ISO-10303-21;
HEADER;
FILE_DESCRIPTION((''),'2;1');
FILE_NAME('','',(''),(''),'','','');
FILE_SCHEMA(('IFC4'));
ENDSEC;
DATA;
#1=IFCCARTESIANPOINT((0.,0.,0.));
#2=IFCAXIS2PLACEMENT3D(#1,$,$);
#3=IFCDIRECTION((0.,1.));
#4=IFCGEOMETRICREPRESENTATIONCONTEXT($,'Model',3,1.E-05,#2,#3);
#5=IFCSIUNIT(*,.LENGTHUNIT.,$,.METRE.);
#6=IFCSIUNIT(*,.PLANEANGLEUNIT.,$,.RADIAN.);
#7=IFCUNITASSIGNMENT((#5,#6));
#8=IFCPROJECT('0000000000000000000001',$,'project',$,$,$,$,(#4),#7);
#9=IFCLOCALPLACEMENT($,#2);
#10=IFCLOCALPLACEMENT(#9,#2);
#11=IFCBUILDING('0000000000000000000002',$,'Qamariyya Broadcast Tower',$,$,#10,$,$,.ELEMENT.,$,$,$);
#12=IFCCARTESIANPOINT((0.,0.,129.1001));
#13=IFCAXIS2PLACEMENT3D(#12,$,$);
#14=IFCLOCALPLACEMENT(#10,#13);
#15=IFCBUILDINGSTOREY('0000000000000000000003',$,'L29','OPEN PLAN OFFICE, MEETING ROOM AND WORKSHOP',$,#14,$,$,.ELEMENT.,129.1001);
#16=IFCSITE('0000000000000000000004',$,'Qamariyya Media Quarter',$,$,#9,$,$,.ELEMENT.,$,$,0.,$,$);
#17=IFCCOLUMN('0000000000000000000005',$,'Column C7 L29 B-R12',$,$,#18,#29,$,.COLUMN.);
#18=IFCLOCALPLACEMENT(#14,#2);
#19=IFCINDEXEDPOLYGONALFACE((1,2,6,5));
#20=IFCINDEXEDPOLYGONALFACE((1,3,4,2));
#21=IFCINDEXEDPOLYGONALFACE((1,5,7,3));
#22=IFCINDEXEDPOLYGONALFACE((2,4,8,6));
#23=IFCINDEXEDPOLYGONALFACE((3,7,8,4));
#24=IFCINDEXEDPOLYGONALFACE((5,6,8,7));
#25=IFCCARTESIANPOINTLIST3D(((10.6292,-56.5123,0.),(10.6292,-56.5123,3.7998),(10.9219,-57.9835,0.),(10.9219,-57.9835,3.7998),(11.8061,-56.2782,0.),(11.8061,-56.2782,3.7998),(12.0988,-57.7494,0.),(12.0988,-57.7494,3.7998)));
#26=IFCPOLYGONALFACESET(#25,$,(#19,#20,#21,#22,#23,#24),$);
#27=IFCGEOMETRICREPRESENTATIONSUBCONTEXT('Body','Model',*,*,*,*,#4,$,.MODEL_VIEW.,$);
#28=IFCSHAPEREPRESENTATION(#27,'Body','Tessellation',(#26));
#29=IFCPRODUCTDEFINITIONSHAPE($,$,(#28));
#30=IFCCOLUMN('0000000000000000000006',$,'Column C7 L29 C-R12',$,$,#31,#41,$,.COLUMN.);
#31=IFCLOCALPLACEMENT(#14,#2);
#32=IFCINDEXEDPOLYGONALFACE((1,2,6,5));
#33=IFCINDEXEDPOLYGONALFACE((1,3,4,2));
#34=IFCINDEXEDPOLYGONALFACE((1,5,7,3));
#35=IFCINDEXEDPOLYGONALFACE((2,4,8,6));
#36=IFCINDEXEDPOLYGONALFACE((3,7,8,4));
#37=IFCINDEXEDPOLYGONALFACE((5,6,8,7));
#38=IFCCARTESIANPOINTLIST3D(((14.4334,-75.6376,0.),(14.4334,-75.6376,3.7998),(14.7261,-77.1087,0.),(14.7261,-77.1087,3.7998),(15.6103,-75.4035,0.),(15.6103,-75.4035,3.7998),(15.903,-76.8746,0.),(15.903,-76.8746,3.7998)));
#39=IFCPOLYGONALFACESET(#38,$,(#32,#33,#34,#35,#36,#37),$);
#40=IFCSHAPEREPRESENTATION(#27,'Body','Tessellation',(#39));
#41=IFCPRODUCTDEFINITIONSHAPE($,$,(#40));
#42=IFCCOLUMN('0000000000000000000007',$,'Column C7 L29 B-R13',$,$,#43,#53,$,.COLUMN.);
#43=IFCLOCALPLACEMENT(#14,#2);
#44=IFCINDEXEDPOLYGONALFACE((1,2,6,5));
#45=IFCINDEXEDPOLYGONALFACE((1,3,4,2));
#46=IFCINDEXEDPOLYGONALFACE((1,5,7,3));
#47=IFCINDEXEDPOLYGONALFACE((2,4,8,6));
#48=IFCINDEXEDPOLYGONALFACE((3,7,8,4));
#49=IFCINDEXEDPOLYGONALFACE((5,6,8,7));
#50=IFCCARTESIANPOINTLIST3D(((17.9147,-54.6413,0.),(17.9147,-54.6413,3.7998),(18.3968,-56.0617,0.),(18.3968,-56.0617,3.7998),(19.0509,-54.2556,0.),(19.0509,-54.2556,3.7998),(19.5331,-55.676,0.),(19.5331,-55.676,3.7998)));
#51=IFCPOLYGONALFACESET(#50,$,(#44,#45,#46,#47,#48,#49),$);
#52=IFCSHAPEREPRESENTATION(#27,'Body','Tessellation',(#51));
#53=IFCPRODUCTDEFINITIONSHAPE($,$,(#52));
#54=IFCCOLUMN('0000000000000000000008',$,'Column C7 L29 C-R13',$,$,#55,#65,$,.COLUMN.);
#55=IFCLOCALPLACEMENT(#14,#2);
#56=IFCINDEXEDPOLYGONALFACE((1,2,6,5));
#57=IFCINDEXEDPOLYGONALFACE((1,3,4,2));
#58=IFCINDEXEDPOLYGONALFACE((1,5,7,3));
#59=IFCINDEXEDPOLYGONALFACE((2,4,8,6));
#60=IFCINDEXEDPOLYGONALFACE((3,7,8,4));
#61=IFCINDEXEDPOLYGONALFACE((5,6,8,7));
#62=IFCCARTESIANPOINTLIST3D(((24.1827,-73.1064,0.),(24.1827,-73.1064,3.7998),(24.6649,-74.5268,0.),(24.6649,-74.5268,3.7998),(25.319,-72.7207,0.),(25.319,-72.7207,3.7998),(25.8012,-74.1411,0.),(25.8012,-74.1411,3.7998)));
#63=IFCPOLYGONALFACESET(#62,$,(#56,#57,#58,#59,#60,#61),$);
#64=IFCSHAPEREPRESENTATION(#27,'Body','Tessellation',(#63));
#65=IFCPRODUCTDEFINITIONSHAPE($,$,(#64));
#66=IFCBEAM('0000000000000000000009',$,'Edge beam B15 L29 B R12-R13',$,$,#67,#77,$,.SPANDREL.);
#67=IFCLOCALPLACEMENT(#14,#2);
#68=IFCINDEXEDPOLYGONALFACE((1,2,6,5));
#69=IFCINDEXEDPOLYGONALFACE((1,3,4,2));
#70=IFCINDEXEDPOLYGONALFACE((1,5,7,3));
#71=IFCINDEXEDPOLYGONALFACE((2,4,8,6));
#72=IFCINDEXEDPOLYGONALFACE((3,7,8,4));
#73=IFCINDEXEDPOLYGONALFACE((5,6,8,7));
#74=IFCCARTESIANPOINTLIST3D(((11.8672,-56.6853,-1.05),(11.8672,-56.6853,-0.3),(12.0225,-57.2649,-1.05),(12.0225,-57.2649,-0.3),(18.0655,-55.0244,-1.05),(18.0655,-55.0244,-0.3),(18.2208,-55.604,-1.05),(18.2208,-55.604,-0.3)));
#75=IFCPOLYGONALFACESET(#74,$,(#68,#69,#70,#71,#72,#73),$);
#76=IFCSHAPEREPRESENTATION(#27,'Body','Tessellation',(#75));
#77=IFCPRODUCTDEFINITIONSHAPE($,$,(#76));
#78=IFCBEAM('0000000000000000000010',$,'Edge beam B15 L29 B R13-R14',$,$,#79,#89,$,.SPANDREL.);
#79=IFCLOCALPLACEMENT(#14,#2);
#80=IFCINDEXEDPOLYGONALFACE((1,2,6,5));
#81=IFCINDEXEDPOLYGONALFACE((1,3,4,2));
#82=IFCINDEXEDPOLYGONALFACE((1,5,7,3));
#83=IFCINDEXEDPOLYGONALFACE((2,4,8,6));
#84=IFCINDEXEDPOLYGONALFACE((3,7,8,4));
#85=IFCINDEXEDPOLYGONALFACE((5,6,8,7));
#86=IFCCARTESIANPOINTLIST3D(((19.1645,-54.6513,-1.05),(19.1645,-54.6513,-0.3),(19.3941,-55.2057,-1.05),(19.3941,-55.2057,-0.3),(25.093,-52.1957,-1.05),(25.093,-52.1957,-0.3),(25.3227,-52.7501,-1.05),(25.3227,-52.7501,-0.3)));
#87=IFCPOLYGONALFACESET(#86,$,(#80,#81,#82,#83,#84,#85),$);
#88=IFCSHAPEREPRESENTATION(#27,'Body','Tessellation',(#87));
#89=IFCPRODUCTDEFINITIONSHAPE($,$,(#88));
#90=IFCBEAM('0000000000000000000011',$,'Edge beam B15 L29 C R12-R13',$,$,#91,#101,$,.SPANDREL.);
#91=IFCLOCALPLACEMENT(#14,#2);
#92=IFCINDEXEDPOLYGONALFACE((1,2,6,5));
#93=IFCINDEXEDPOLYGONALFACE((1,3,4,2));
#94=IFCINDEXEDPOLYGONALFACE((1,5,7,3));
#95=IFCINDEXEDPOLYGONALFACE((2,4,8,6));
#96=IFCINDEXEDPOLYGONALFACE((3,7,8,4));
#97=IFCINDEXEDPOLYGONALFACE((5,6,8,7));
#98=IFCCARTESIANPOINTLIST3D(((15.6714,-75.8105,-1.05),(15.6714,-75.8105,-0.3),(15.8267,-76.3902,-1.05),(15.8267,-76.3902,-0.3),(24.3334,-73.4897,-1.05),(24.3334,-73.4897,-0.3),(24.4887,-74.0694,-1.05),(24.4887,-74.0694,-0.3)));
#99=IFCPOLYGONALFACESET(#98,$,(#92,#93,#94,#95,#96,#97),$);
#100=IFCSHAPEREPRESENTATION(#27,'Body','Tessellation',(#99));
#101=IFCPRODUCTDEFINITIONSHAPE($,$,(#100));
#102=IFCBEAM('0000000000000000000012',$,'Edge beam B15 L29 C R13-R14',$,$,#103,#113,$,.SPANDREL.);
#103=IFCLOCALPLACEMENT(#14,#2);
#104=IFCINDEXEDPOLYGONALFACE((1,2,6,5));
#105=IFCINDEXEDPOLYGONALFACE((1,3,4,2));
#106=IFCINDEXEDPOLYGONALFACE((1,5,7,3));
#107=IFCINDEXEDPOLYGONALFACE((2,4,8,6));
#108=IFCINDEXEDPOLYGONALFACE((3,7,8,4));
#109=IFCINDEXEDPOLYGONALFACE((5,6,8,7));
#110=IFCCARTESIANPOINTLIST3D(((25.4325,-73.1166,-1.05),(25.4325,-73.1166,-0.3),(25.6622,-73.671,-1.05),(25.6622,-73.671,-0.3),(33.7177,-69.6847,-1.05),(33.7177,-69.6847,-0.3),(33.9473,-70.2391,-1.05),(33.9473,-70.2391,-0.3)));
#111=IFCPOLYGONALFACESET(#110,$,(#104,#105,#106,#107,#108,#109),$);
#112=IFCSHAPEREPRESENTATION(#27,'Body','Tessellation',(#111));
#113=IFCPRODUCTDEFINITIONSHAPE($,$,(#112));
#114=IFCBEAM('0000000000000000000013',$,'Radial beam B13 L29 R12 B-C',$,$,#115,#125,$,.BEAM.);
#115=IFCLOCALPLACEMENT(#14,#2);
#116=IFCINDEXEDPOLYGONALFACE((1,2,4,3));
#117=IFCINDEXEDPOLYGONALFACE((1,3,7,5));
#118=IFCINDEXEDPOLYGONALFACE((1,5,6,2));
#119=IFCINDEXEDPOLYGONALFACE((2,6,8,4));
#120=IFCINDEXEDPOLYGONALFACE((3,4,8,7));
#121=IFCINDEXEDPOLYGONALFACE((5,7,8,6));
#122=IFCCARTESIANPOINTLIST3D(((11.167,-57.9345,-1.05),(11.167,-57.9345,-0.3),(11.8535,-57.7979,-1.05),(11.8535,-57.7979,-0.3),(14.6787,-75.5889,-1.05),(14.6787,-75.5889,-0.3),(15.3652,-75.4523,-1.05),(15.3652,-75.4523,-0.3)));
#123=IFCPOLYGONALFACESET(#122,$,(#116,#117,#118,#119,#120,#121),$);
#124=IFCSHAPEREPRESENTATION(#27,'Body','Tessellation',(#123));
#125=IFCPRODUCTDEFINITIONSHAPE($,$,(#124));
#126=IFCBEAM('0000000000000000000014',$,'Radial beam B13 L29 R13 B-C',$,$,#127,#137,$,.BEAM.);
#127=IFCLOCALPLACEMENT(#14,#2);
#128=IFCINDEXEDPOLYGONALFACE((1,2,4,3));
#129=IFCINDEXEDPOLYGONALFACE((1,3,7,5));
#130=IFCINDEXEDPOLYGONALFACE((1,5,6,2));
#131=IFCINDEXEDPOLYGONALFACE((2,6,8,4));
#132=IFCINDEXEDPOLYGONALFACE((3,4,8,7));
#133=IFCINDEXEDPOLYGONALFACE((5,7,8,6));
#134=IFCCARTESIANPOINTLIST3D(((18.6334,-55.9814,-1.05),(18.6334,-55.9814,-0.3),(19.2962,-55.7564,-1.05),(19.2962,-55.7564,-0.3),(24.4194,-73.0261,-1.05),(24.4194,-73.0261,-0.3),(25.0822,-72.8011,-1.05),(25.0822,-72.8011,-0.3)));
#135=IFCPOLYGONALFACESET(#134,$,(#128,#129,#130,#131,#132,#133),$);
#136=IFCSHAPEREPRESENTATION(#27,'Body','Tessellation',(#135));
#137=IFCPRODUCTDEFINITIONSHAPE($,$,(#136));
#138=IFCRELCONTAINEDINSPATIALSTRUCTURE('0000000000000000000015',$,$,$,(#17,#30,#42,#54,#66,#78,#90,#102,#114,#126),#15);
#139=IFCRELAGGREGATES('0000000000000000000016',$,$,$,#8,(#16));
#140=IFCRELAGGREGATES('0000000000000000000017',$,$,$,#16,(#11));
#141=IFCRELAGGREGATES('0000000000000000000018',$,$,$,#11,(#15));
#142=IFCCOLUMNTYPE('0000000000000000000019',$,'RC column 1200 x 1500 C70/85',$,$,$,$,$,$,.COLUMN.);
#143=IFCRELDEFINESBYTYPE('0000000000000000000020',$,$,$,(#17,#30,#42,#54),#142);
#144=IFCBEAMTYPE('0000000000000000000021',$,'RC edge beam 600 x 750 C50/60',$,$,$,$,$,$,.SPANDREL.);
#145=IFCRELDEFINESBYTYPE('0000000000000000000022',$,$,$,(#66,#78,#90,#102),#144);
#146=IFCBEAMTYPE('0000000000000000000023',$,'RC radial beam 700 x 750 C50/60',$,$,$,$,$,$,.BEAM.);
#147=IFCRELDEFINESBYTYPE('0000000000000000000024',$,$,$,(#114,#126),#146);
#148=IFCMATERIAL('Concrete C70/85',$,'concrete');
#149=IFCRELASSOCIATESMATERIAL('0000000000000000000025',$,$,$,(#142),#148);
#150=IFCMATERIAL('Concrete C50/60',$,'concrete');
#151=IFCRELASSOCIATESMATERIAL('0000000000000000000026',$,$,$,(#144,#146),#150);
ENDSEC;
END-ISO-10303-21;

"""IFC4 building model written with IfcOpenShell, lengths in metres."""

from ifc_helpers import new_model, si_unit, direction, frame, origin, origin_2d, place, context, subcontext, project, spatial, rectangle, extrude, material, material_profile, profile_set, type_object, element, save


model = new_model("IFC4")

# Units and contexts
model_context = context("Model", 3, precision=1e-05, world=origin(), true_north=direction((0.0, 1.0)))
body_context = subcontext(model_context, "Body", "Model", "MODEL_VIEW")
ifc_project = project(units=[si_unit("LENGTHUNIT", "METRE"), si_unit("PLANEANGLEUNIT", "RADIAN")], contexts=[model_context])

# Site, building, storey
site_placement = place(None, origin())
site = spatial("IfcSite", under=ifc_project, at=site_placement, Name="Qamariyya Media Quarter", CompositionType="ELEMENT", RefElevation=0.0)
building_placement = place(site_placement, origin())
building = spatial("IfcBuilding", under=site, at=building_placement, Name="Qamariyya Broadcast Tower", CompositionType="ELEMENT")
storey_placement = place(building_placement, frame((0.0, 0.0, 129.1001)))
storey = spatial("IfcBuildingStorey", under=building, at=storey_placement, Name="L29", Description="OPEN PLAN OFFICE, MEETING ROOM AND WORKSHOP", CompositionType="ELEMENT", Elevation=129.1001)

# Columns
ifc_material_1 = material(Name="Concrete C70/85", Category="concrete")
ifc_material_profile_1 = material_profile(ifc_material_1, rectangle(XDim=1.2, YDim=1.5, at=origin_2d()))
ifc_profile_set_1 = profile_set([ifc_material_profile_1], Name="Concrete C70/85")
column_type = type_object("IfcColumnType", Name="RC column 1200 x 1500 C70/85", PredefinedType="COLUMN", material=ifc_profile_set_1)
for number, where, z_axis, x_axis, name in (
    (1, (11.364, -57.1309, 0.0), (0.0, 0.0, 1.0), (0.980785, 0.19509, 0.0), "Column C7 L29 B-R12"),
    (2, (15.1682, -76.2561, 0.0), (0.0, 0.0, 1.0), (0.980785, 0.19509, 0.0), "Column C7 L29 C-R12"),
    (3, (18.7239, -55.1587, 0.0), (0.0, 0.0, 1.0), (0.94693, 0.321439, 0.0), "Column C7 L29 B-R13"),
    (4, (24.9919, -73.6238, 0.0), (0.0, 0.0, 1.0), (0.94693, 0.321439, 0.0), "Column C7 L29 C-R13"),
):
    element("IfcColumn", number, at=place(storey_placement, frame(where, z_axis=z_axis, x_axis=x_axis)), inside=storey, type_object=column_type, Name=name, PredefinedType="COLUMN", context=body_context, shape_type="SweptSolid", body=[
        extrude(rectangle(XDim=1.2, YDim=1.5, at=origin_2d()), origin(), (0.0, 0.0, 1.0), 3.7998),
    ])

# Beams
ifc_material_2 = material(Name="Concrete C50/60", Category="concrete")
ifc_material_profile_2 = material_profile(ifc_material_2, rectangle(XDim=0.6001, YDim=0.75, at=origin_2d()))
ifc_profile_set_2 = profile_set([ifc_material_profile_2], Name="Concrete C50/60")
beam_type_1 = type_object("IfcBeamType", Name="RC edge beam 600 x 750 C50/60", PredefinedType="SPANDREL", material=ifc_profile_set_2)
for number, where, z_axis, x_axis, name in (
    (5, (11.9448, -56.9751, -0.675), (0.965923, 0.25883, 0.0), (-0.25883, 0.965923, 0.0), "Edge beam B15 L29 B R12-R13"),
    (6, (19.2793, -54.9285, -0.675), (0.923884, 0.382672, 0.0), (-0.382672, 0.923884, 0.0), "Edge beam B15 L29 B R13-R14"),
):
    element("IfcBeam", number, at=place(storey_placement, frame(where, z_axis=z_axis, x_axis=x_axis)), inside=storey, type_object=beam_type_1, Name=name, PredefinedType="SPANDREL", context=body_context, shape_type="SweptSolid", body=[
        extrude(rectangle(XDim=0.6001, YDim=0.75, at=origin_2d()), origin(), (0.0, 0.0, 1.0), 6.417),
    ])
beam_1_placement = place(storey_placement, frame((15.749, -76.1003, -0.675), z_axis=(0.965932, 0.258798, 0.0), x_axis=(-0.258798, 0.965932, 0.0)))
element("IfcBeam", 7, at=beam_1_placement, inside=storey, type_object=beam_type_1, Name="Edge beam B15 L29 C R12-R13", PredefinedType="SPANDREL", context=body_context, shape_type="SweptSolid", body=[
    extrude(rectangle(XDim=0.6001, YDim=0.75, at=origin_2d()), origin(), (0.0, 0.0, 1.0), 8.9675),
])
beam_2_placement = place(storey_placement, frame((25.5474, -73.3938, -0.675), z_axis=(0.923877, 0.382689, 0.0), x_axis=(-0.382689, 0.923877, 0.0)))
element("IfcBeam", 8, at=beam_2_placement, inside=storey, type_object=beam_type_1, Name="Edge beam B15 L29 C R13-R14", PredefinedType="SPANDREL", context=body_context, shape_type="SweptSolid", body=[
    extrude(rectangle(XDim=0.6001, YDim=0.75, at=origin_2d()), origin(), (0.0, 0.0, 1.0), 8.9678),
])
ifc_material_profile_3 = material_profile(ifc_material_2, rectangle(XDim=0.7, YDim=0.75, at=origin_2d()))
ifc_profile_set_3 = profile_set([ifc_material_profile_3], Name="Concrete C50/60")
beam_type_2 = type_object("IfcBeamType", Name="RC radial beam 700 x 750 C50/60", PredefinedType="BEAM", material=ifc_profile_set_3)
beam_3_placement = place(storey_placement, frame((11.5103, -57.8662, -0.675), z_axis=(0.195094, -0.980785, 0.0), x_axis=(0.980785, 0.195094, 0.0)))
element("IfcBeam", 9, at=beam_3_placement, inside=storey, type_object=beam_type_2, Name="Radial beam B13 L29 R12 B-C", PredefinedType="BEAM", context=body_context, shape_type="SweptSolid", body=[
    extrude(rectangle(XDim=0.7, YDim=0.75, at=origin_2d()), origin(), (0.0, 0.0, 1.0), 18.0002),
])
beam_4_placement = place(storey_placement, frame((18.9648, -55.8689, -0.675), z_axis=(0.321439, -0.94693, 0.0), x_axis=(0.94693, 0.321439, 0.0)))
element("IfcBeam", 10, at=beam_4_placement, inside=storey, type_object=beam_type_2, Name="Radial beam B13 L29 R13 B-C", PredefinedType="BEAM", context=body_context, shape_type="SweptSolid", body=[
    extrude(rectangle(XDim=0.7, YDim=0.75, at=origin_2d()), origin(), (0.0, 0.0, 1.0), 18.0),
])

save(model, "model.ifc")
